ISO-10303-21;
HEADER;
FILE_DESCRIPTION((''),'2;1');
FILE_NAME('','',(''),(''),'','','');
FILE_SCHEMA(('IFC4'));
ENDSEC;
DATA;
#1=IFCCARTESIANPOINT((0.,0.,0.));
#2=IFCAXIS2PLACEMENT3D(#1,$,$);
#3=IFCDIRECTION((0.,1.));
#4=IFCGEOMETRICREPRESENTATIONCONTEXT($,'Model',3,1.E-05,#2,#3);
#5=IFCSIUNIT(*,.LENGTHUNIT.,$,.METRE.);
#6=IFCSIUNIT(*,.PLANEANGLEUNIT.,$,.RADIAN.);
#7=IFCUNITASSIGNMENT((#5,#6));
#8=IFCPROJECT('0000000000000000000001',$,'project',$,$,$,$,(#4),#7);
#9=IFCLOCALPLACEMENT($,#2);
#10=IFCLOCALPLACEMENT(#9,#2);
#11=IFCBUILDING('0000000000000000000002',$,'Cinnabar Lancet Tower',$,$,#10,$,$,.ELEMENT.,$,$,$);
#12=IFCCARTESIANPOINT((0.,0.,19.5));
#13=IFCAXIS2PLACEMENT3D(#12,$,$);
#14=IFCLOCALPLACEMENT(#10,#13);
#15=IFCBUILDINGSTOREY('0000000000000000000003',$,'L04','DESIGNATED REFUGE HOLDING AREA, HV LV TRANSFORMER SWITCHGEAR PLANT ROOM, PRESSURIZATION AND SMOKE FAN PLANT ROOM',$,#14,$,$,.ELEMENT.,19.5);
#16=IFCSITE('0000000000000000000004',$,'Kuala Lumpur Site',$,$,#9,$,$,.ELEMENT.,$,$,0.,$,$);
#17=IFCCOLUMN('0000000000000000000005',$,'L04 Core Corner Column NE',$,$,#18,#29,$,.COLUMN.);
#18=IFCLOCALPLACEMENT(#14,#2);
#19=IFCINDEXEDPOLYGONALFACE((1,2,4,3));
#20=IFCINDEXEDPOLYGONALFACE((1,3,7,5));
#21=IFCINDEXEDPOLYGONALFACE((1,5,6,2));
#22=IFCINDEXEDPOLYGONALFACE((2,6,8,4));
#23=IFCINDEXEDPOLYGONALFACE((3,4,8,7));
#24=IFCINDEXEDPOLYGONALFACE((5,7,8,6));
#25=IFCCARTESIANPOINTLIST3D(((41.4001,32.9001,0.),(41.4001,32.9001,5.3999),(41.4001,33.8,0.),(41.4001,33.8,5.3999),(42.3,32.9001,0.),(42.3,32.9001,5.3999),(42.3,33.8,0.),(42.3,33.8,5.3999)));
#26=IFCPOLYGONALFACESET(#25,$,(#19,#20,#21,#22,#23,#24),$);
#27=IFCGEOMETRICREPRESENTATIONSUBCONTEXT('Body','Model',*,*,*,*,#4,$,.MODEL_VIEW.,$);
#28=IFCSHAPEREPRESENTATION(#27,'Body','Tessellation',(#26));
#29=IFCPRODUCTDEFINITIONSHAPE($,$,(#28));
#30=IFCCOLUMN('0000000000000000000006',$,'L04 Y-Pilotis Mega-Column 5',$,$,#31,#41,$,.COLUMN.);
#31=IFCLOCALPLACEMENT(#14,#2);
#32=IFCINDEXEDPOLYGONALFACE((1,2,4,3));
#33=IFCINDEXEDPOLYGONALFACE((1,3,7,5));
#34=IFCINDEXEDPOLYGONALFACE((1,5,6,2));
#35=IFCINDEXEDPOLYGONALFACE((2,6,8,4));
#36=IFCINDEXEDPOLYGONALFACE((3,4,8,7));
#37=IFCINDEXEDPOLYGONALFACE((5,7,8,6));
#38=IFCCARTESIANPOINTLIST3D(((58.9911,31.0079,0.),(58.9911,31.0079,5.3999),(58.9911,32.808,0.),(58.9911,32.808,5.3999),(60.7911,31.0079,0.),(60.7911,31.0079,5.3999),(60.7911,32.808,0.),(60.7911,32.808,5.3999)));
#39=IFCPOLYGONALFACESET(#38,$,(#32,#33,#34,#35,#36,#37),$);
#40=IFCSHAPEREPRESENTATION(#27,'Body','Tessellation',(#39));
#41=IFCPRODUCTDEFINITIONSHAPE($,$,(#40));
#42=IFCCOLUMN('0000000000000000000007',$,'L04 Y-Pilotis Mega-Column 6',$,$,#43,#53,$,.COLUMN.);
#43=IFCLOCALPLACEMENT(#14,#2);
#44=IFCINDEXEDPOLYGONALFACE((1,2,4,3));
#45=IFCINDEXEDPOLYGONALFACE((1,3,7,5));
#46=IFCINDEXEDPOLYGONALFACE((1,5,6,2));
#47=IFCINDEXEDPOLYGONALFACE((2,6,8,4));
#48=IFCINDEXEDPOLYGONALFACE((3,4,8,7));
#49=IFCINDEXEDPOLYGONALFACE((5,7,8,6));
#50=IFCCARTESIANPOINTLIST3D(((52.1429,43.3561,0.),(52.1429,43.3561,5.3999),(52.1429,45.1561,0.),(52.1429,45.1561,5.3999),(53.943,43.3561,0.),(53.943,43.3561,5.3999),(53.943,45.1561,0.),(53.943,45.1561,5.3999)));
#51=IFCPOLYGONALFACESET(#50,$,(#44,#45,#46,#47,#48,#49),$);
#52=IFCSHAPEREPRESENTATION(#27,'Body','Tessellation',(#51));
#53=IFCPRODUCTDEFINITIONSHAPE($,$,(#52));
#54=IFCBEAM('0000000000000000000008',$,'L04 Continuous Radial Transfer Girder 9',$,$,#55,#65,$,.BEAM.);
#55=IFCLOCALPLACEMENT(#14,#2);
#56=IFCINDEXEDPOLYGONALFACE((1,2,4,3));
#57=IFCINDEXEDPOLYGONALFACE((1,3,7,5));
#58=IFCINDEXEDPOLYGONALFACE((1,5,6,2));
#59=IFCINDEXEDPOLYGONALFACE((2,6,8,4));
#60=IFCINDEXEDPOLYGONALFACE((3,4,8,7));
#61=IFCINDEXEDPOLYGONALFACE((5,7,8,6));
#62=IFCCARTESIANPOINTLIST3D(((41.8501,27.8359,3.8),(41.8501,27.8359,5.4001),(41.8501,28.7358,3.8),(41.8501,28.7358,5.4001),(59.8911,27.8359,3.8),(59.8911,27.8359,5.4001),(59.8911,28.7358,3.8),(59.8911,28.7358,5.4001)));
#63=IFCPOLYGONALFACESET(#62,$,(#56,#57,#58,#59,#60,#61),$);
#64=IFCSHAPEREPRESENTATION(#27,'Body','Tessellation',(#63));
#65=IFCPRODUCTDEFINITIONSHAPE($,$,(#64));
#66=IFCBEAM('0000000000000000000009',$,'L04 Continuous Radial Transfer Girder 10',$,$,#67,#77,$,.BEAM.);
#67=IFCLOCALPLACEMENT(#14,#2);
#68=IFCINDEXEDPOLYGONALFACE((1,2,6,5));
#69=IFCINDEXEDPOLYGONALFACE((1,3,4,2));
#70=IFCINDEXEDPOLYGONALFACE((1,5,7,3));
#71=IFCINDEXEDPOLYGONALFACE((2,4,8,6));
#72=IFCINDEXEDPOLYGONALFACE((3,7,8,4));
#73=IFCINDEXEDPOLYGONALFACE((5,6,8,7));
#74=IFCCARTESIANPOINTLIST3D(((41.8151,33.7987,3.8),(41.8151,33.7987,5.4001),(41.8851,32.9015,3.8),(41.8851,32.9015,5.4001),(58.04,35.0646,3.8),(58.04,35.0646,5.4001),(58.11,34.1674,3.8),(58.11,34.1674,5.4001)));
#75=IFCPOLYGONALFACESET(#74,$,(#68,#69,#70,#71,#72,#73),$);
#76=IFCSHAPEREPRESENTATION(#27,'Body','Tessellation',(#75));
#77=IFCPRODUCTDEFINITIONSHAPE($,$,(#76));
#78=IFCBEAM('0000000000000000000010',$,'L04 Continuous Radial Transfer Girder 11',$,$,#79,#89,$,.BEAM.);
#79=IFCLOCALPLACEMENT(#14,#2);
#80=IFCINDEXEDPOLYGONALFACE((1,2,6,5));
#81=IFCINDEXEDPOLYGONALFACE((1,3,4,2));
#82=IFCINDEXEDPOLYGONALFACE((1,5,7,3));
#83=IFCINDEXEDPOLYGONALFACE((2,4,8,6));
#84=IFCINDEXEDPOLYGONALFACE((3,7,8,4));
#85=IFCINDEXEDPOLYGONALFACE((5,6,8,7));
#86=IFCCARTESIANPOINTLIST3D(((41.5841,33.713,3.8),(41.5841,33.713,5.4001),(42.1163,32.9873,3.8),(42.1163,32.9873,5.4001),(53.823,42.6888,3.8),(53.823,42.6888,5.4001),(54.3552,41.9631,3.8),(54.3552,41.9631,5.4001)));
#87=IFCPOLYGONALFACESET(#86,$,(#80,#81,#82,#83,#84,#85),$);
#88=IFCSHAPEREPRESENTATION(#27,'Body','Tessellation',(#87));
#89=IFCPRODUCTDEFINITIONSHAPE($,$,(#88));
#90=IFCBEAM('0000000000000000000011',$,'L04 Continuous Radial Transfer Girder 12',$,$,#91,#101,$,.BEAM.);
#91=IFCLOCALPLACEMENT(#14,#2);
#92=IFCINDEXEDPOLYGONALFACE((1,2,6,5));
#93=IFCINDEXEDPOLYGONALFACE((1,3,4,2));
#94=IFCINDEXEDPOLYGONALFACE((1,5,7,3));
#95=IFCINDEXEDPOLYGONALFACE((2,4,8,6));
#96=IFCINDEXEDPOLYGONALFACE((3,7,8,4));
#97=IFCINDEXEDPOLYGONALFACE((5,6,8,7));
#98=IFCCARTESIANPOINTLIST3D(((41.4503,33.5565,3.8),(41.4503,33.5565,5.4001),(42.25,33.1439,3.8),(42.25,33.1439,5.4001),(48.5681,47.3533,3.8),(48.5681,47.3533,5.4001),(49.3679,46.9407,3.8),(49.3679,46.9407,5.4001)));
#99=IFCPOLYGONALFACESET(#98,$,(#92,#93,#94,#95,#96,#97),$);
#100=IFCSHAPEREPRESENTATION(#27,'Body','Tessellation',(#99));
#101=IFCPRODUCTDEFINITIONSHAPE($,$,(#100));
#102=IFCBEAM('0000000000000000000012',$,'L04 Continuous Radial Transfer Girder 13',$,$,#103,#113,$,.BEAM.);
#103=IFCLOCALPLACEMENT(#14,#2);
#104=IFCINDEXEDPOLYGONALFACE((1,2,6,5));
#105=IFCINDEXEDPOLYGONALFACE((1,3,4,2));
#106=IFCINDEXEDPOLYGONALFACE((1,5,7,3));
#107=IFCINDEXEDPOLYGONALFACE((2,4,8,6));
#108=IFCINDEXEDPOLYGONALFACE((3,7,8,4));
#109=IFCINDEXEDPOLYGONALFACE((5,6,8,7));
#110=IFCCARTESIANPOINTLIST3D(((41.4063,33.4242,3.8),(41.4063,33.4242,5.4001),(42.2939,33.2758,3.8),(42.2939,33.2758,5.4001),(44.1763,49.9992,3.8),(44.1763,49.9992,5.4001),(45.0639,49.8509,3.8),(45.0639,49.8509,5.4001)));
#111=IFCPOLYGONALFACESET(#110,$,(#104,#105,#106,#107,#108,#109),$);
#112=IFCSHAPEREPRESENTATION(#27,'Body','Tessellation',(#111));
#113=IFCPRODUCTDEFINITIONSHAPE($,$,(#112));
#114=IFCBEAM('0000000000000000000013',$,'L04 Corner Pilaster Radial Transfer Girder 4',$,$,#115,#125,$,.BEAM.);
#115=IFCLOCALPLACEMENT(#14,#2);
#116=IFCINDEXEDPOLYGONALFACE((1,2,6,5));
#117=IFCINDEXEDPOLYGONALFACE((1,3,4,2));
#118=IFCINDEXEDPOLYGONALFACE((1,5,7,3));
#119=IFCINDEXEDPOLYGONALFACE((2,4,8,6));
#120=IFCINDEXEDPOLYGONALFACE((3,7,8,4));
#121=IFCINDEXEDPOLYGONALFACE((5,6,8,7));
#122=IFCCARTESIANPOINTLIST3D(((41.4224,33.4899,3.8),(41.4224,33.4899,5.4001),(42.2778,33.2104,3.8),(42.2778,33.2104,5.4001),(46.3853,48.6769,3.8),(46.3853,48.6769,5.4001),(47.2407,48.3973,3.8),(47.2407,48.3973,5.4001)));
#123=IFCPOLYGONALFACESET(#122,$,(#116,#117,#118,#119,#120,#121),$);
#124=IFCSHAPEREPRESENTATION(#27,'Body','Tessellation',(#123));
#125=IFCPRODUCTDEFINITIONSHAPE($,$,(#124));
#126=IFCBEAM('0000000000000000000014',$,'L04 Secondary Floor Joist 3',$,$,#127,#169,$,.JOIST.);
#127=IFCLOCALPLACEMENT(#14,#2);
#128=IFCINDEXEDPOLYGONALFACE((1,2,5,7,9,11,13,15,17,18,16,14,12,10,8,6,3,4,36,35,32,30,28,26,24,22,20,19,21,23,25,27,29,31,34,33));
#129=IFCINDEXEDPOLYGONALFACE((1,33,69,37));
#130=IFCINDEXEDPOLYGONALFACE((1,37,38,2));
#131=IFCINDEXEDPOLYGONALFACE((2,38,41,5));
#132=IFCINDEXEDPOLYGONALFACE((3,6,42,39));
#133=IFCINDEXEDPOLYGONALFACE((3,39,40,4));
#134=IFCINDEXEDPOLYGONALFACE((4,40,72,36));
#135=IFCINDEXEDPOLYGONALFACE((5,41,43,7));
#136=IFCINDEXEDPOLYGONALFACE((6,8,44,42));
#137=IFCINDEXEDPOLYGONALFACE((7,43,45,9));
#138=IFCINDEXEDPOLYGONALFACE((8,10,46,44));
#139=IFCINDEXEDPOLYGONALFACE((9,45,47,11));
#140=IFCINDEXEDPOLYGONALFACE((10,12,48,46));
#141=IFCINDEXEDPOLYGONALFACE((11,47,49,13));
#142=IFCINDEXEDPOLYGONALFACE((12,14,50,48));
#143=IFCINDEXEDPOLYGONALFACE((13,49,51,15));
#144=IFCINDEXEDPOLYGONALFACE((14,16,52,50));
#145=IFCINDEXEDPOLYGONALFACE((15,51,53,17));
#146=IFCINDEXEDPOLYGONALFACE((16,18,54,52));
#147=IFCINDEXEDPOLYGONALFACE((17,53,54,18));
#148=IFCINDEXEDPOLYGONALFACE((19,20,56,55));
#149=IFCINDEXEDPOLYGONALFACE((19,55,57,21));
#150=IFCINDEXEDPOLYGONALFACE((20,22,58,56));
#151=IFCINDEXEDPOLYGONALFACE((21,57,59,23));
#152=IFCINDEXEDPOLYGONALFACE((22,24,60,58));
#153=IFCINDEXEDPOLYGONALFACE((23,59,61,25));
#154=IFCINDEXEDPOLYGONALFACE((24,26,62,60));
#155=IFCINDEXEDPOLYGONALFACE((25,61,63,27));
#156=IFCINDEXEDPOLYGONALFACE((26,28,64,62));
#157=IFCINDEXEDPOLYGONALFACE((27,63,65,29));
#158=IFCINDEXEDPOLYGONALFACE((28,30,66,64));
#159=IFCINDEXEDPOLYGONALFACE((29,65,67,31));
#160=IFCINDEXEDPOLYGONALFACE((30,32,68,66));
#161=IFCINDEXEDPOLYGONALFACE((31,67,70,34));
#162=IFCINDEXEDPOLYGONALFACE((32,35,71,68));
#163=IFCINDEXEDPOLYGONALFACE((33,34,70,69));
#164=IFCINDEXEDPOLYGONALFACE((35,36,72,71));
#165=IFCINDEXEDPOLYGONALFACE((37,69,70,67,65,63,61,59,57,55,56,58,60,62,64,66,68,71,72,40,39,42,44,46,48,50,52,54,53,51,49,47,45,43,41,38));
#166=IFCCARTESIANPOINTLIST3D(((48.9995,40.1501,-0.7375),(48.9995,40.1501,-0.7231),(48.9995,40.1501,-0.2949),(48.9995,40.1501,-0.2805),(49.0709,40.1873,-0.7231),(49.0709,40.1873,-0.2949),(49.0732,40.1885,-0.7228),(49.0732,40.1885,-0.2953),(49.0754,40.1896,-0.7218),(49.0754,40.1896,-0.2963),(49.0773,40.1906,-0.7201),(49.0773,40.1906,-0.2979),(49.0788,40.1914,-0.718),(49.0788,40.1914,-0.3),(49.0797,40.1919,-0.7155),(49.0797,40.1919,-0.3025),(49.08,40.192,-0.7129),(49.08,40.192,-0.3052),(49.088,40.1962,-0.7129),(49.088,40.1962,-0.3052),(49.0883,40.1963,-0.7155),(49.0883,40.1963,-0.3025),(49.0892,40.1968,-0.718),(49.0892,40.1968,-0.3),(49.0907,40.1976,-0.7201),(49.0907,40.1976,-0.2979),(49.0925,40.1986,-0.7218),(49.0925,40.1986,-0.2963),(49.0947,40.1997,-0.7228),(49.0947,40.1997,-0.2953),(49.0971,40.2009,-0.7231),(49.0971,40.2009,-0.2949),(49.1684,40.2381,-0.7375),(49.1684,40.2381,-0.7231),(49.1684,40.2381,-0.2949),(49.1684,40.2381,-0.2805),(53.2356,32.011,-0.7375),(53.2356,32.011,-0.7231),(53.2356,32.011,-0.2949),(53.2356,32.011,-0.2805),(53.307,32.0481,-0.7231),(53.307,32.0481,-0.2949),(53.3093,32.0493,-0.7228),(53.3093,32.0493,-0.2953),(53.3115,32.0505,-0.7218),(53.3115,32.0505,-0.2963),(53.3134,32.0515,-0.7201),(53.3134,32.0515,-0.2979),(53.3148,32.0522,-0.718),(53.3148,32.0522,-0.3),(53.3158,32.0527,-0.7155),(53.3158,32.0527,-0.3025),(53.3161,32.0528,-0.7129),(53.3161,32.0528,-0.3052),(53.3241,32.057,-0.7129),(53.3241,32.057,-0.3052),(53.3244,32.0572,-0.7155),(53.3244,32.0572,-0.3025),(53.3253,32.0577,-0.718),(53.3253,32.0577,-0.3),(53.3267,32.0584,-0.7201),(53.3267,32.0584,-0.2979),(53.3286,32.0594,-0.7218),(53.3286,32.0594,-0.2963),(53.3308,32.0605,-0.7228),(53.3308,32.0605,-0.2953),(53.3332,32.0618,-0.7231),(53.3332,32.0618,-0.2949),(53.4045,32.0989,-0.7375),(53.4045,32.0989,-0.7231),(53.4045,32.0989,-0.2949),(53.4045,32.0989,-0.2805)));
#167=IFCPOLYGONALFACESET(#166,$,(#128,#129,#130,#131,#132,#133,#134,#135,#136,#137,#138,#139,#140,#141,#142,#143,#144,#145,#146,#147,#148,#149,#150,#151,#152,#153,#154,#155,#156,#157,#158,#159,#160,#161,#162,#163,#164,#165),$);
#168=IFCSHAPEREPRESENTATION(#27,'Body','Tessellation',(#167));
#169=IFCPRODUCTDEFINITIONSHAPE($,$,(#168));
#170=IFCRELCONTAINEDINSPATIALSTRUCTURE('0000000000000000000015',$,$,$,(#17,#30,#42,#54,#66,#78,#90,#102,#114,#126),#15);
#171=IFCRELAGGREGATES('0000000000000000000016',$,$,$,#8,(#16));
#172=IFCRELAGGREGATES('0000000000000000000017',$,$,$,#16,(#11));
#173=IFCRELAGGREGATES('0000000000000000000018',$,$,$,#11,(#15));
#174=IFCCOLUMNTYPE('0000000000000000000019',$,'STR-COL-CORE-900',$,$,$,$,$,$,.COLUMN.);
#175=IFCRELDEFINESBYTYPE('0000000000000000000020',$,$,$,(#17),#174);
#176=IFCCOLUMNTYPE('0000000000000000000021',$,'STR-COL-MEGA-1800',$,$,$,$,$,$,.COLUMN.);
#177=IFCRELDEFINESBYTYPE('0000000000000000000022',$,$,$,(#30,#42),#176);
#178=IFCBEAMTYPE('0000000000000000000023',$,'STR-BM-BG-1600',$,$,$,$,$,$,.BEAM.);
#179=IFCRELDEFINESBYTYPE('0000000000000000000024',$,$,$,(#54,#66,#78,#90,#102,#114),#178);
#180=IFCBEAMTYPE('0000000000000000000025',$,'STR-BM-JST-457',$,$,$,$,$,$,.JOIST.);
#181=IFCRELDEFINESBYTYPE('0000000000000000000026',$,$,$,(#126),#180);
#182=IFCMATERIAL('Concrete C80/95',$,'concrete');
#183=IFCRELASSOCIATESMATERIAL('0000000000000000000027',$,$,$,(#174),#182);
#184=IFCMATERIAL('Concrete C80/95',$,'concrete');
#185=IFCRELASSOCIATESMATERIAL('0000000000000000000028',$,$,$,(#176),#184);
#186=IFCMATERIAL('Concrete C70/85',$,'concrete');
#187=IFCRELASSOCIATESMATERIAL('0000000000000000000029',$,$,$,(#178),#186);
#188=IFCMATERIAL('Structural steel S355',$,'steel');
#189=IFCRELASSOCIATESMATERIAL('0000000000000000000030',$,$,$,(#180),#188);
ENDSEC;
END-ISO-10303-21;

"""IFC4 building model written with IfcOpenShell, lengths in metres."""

from ifc_helpers import new_model, si_unit, direction, frame, origin, origin_2d, place, context, subcontext, project, spatial, rectangle, i_section, extrude, material, material_profile, profile_set, type_object, element, save


model = new_model("IFC4")

# Units and contexts
model_context = context("Model", 3, precision=1e-05, world=origin(), true_north=direction((0.0, 1.0)))
body_context = subcontext(model_context, "Body", "Model", "MODEL_VIEW")
ifc_project = project(units=[si_unit("LENGTHUNIT", "METRE"), si_unit("PLANEANGLEUNIT", "RADIAN")], contexts=[model_context])

# Site, building, storey
site_placement = place(None, origin())
site = spatial("IfcSite", under=ifc_project, at=site_placement, Name="Kuala Lumpur Site", CompositionType="ELEMENT", RefElevation=0.0)
building_placement = place(site_placement, origin())
building = spatial("IfcBuilding", under=site, at=building_placement, Name="Cinnabar Lancet Tower", CompositionType="ELEMENT")
storey_placement = place(building_placement, frame((0.0, 0.0, 19.5)))
storey = spatial("IfcBuildingStorey", under=building, at=storey_placement, Name="L04", Description="DESIGNATED REFUGE HOLDING AREA, HV LV TRANSFORMER SWITCHGEAR PLANT ROOM, PRESSURIZATION AND SMOKE FAN PLANT ROOM", CompositionType="ELEMENT", Elevation=19.5)

# Columns
ifc_material_1 = material(Name="Concrete C80/95", Category="concrete")
ifc_material_profile_1 = material_profile(ifc_material_1, rectangle(XDim=0.8999, YDim=0.8999, at=origin_2d()), Name="RC-COL 900x900")
ifc_profile_set_1 = profile_set([ifc_material_profile_1], Name="Concrete C80/95")
column_type_1 = type_object("IfcColumnType", Name="STR-COL-CORE-900", PredefinedType="COLUMN", material=ifc_profile_set_1)
column_placement = place(storey_placement, frame((41.8501, 33.3501, 0.0), z_axis=(0.0, 0.0, 1.0), x_axis=(1.0, 0.0, 0.0)))
element("IfcColumn", 1, at=column_placement, inside=storey, type_object=column_type_1, Name="L04 Core Corner Column NE", PredefinedType="COLUMN", context=body_context, shape_type="SweptSolid", body=[
    extrude(rectangle(XDim=0.8999, YDim=0.8999, at=origin_2d()), origin(), (0.0, 0.0, 1.0), 5.3999),
])
ifc_material_2 = material(Name="Concrete C80/95", Category="concrete")
ifc_material_profile_2 = material_profile(ifc_material_2, rectangle(XDim=1.8, YDim=1.8, at=origin_2d()), Name="RC-MEGA 1800x1800")
ifc_profile_set_2 = profile_set([ifc_material_profile_2], Name="Concrete C80/95")
column_type_2 = type_object("IfcColumnType", Name="STR-COL-MEGA-1800", PredefinedType="COLUMN", material=ifc_profile_set_2)
for number, where, z_axis, x_axis, name in (
    (2, (59.8911, 31.908, 0.0), (0.0, 0.0, 1.0), (1.0, 0.0, 0.0), "L04 Y-Pilotis Mega-Column 5"),
    (3, (53.043, 44.2561, 0.0), (0.0, 0.0, 1.0), (1.0, 0.0, 0.0), "L04 Y-Pilotis Mega-Column 6"),
):
    element("IfcColumn", number, at=place(storey_placement, frame(where, z_axis=z_axis, x_axis=x_axis)), inside=storey, type_object=column_type_2, Name=name, PredefinedType="COLUMN", context=body_context, shape_type="SweptSolid", body=[
        extrude(rectangle(XDim=1.8, YDim=1.8, at=origin_2d()), origin(), (0.0, 0.0, 1.0), 5.3999),
    ])

# Beams
ifc_material_3 = material(Name="Concrete C70/85", Category="concrete")
ifc_material_profile_3 = material_profile(ifc_material_3, rectangle(XDim=0.8999, YDim=1.6001, at=origin_2d()), Name="RC-BG 900x1600")
ifc_profile_set_3 = profile_set([ifc_material_profile_3], Name="Concrete C70/85")
beam_type_1 = type_object("IfcBeamType", Name="STR-BM-BG-1600", PredefinedType="BEAM", material=ifc_profile_set_3)
beam_1_placement = place(storey_placement, frame((59.8911, 28.2859, 4.6001), z_axis=(-1.0, 0.0, 0.0), x_axis=(0.0, -1.0, 0.0)))
element("IfcBeam", 4, at=beam_1_placement, inside=storey, type_object=beam_type_1, Name="L04 Continuous Radial Transfer Girder 9", PredefinedType="BEAM", context=body_context, shape_type="SweptSolid", body=[
    extrude(rectangle(XDim=0.8999, YDim=1.6001, at=origin_2d()), origin(), (0.0, 0.0, 1.0), 18.041),
])
beam_2_placement = place(storey_placement, frame((58.075, 34.616, 4.6001), z_axis=(-0.99697, -0.077784, 0.0), x_axis=(0.077784, -0.99697, 0.0)))
element("IfcBeam", 5, at=beam_2_placement, inside=storey, type_object=beam_type_1, Name="L04 Continuous Radial Transfer Girder 10", PredefinedType="BEAM", context=body_context, shape_type="SweptSolid", body=[
    extrude(rectangle(XDim=0.8999, YDim=1.6001, at=origin_2d()), origin(), (0.0, 0.0, 1.0), 16.2742),
])
beam_3_placement = place(storey_placement, frame((54.0891, 42.3259, 4.6001), z_axis=(-0.806388, -0.591387, 0.0), x_axis=(0.591387, -0.806388, 0.0)))
element("IfcBeam", 6, at=beam_3_placement, inside=storey, type_object=beam_type_1, Name="L04 Continuous Radial Transfer Girder 11", PredefinedType="BEAM", context=body_context, shape_type="SweptSolid", body=[
    extrude(rectangle(XDim=0.8999, YDim=1.6001, at=origin_2d()), origin(), (0.0, 0.0, 1.0), 15.1775),
])
beam_4_placement = place(storey_placement, frame((48.968, 47.147, 4.6001), z_axis=(-0.458488, -0.888701, 0.0), x_axis=(0.888701, -0.458488, 0.0)))
element("IfcBeam", 7, at=beam_4_placement, inside=storey, type_object=beam_type_1, Name="L04 Continuous Radial Transfer Girder 12", PredefinedType="BEAM", context=body_context, shape_type="SweptSolid", body=[
    extrude(rectangle(XDim=0.8999, YDim=1.6001, at=origin_2d()), origin(), (0.0, 0.0, 1.0), 15.5247),
])
beam_5_placement = place(storey_placement, frame((44.6201, 49.925, 4.6001), z_axis=(-0.164835, -0.986321, 0.0), x_axis=(0.986321, -0.164835, 0.0)))
element("IfcBeam", 8, at=beam_5_placement, inside=storey, type_object=beam_type_1, Name="L04 Continuous Radial Transfer Girder 13", PredefinedType="BEAM", context=body_context, shape_type="SweptSolid", body=[
    extrude(rectangle(XDim=0.8999, YDim=1.6001, at=origin_2d()), origin(), (0.0, 0.0, 1.0), 16.8049),
])
beam_6_placement = place(storey_placement, frame((46.813, 48.5371, 4.6001), z_axis=(-0.31062, -0.950534, 0.0), x_axis=(0.950534, -0.31062, 0.0)))
element("IfcBeam", 9, at=beam_6_placement, inside=storey, type_object=beam_type_1, Name="L04 Corner Pilaster Radial Transfer Girder 4", PredefinedType="BEAM", context=body_context, shape_type="SweptSolid", body=[
    extrude(rectangle(XDim=0.8999, YDim=1.6001, at=origin_2d()), origin(), (0.0, 0.0, 1.0), 15.9773),
])
ifc_material_4 = material(Name="Structural steel S355", Category="steel")
ifc_material_profile_4 = material_profile(ifc_material_4, i_section(OverallWidth=0.1904, OverallDepth=0.457, WebThickness=0.009, FlangeThickness=0.0144, FilletRadius=0.0103, at=origin_2d()), Name="UKB 457x191x74")
ifc_profile_set_4 = profile_set([ifc_material_profile_4], Name="Structural steel S355")
beam_type_2 = type_object("IfcBeamType", Name="STR-BM-JST-457", PredefinedType="JOIST", material=ifc_profile_set_4)
beam_7_placement = place(storey_placement, frame((53.3201, 32.0549, -0.509), z_axis=(-0.461672, 0.887051, 0.0), x_axis=(-0.887051, -0.461672, 0.0)))
element("IfcBeam", 10, at=beam_7_placement, inside=storey, type_object=beam_type_2, Name="L04 Secondary Floor Joist 3", PredefinedType="JOIST", context=body_context, shape_type="SweptSolid", body=[
    extrude(i_section(OverallWidth=0.1904, OverallDepth=0.457, WebThickness=0.009, FlangeThickness=0.0144, FilletRadius=0.0103, at=origin_2d()), origin(), (0.0, 0.0, 1.0), 9.1755),
])

save(model, "model.ifc")
